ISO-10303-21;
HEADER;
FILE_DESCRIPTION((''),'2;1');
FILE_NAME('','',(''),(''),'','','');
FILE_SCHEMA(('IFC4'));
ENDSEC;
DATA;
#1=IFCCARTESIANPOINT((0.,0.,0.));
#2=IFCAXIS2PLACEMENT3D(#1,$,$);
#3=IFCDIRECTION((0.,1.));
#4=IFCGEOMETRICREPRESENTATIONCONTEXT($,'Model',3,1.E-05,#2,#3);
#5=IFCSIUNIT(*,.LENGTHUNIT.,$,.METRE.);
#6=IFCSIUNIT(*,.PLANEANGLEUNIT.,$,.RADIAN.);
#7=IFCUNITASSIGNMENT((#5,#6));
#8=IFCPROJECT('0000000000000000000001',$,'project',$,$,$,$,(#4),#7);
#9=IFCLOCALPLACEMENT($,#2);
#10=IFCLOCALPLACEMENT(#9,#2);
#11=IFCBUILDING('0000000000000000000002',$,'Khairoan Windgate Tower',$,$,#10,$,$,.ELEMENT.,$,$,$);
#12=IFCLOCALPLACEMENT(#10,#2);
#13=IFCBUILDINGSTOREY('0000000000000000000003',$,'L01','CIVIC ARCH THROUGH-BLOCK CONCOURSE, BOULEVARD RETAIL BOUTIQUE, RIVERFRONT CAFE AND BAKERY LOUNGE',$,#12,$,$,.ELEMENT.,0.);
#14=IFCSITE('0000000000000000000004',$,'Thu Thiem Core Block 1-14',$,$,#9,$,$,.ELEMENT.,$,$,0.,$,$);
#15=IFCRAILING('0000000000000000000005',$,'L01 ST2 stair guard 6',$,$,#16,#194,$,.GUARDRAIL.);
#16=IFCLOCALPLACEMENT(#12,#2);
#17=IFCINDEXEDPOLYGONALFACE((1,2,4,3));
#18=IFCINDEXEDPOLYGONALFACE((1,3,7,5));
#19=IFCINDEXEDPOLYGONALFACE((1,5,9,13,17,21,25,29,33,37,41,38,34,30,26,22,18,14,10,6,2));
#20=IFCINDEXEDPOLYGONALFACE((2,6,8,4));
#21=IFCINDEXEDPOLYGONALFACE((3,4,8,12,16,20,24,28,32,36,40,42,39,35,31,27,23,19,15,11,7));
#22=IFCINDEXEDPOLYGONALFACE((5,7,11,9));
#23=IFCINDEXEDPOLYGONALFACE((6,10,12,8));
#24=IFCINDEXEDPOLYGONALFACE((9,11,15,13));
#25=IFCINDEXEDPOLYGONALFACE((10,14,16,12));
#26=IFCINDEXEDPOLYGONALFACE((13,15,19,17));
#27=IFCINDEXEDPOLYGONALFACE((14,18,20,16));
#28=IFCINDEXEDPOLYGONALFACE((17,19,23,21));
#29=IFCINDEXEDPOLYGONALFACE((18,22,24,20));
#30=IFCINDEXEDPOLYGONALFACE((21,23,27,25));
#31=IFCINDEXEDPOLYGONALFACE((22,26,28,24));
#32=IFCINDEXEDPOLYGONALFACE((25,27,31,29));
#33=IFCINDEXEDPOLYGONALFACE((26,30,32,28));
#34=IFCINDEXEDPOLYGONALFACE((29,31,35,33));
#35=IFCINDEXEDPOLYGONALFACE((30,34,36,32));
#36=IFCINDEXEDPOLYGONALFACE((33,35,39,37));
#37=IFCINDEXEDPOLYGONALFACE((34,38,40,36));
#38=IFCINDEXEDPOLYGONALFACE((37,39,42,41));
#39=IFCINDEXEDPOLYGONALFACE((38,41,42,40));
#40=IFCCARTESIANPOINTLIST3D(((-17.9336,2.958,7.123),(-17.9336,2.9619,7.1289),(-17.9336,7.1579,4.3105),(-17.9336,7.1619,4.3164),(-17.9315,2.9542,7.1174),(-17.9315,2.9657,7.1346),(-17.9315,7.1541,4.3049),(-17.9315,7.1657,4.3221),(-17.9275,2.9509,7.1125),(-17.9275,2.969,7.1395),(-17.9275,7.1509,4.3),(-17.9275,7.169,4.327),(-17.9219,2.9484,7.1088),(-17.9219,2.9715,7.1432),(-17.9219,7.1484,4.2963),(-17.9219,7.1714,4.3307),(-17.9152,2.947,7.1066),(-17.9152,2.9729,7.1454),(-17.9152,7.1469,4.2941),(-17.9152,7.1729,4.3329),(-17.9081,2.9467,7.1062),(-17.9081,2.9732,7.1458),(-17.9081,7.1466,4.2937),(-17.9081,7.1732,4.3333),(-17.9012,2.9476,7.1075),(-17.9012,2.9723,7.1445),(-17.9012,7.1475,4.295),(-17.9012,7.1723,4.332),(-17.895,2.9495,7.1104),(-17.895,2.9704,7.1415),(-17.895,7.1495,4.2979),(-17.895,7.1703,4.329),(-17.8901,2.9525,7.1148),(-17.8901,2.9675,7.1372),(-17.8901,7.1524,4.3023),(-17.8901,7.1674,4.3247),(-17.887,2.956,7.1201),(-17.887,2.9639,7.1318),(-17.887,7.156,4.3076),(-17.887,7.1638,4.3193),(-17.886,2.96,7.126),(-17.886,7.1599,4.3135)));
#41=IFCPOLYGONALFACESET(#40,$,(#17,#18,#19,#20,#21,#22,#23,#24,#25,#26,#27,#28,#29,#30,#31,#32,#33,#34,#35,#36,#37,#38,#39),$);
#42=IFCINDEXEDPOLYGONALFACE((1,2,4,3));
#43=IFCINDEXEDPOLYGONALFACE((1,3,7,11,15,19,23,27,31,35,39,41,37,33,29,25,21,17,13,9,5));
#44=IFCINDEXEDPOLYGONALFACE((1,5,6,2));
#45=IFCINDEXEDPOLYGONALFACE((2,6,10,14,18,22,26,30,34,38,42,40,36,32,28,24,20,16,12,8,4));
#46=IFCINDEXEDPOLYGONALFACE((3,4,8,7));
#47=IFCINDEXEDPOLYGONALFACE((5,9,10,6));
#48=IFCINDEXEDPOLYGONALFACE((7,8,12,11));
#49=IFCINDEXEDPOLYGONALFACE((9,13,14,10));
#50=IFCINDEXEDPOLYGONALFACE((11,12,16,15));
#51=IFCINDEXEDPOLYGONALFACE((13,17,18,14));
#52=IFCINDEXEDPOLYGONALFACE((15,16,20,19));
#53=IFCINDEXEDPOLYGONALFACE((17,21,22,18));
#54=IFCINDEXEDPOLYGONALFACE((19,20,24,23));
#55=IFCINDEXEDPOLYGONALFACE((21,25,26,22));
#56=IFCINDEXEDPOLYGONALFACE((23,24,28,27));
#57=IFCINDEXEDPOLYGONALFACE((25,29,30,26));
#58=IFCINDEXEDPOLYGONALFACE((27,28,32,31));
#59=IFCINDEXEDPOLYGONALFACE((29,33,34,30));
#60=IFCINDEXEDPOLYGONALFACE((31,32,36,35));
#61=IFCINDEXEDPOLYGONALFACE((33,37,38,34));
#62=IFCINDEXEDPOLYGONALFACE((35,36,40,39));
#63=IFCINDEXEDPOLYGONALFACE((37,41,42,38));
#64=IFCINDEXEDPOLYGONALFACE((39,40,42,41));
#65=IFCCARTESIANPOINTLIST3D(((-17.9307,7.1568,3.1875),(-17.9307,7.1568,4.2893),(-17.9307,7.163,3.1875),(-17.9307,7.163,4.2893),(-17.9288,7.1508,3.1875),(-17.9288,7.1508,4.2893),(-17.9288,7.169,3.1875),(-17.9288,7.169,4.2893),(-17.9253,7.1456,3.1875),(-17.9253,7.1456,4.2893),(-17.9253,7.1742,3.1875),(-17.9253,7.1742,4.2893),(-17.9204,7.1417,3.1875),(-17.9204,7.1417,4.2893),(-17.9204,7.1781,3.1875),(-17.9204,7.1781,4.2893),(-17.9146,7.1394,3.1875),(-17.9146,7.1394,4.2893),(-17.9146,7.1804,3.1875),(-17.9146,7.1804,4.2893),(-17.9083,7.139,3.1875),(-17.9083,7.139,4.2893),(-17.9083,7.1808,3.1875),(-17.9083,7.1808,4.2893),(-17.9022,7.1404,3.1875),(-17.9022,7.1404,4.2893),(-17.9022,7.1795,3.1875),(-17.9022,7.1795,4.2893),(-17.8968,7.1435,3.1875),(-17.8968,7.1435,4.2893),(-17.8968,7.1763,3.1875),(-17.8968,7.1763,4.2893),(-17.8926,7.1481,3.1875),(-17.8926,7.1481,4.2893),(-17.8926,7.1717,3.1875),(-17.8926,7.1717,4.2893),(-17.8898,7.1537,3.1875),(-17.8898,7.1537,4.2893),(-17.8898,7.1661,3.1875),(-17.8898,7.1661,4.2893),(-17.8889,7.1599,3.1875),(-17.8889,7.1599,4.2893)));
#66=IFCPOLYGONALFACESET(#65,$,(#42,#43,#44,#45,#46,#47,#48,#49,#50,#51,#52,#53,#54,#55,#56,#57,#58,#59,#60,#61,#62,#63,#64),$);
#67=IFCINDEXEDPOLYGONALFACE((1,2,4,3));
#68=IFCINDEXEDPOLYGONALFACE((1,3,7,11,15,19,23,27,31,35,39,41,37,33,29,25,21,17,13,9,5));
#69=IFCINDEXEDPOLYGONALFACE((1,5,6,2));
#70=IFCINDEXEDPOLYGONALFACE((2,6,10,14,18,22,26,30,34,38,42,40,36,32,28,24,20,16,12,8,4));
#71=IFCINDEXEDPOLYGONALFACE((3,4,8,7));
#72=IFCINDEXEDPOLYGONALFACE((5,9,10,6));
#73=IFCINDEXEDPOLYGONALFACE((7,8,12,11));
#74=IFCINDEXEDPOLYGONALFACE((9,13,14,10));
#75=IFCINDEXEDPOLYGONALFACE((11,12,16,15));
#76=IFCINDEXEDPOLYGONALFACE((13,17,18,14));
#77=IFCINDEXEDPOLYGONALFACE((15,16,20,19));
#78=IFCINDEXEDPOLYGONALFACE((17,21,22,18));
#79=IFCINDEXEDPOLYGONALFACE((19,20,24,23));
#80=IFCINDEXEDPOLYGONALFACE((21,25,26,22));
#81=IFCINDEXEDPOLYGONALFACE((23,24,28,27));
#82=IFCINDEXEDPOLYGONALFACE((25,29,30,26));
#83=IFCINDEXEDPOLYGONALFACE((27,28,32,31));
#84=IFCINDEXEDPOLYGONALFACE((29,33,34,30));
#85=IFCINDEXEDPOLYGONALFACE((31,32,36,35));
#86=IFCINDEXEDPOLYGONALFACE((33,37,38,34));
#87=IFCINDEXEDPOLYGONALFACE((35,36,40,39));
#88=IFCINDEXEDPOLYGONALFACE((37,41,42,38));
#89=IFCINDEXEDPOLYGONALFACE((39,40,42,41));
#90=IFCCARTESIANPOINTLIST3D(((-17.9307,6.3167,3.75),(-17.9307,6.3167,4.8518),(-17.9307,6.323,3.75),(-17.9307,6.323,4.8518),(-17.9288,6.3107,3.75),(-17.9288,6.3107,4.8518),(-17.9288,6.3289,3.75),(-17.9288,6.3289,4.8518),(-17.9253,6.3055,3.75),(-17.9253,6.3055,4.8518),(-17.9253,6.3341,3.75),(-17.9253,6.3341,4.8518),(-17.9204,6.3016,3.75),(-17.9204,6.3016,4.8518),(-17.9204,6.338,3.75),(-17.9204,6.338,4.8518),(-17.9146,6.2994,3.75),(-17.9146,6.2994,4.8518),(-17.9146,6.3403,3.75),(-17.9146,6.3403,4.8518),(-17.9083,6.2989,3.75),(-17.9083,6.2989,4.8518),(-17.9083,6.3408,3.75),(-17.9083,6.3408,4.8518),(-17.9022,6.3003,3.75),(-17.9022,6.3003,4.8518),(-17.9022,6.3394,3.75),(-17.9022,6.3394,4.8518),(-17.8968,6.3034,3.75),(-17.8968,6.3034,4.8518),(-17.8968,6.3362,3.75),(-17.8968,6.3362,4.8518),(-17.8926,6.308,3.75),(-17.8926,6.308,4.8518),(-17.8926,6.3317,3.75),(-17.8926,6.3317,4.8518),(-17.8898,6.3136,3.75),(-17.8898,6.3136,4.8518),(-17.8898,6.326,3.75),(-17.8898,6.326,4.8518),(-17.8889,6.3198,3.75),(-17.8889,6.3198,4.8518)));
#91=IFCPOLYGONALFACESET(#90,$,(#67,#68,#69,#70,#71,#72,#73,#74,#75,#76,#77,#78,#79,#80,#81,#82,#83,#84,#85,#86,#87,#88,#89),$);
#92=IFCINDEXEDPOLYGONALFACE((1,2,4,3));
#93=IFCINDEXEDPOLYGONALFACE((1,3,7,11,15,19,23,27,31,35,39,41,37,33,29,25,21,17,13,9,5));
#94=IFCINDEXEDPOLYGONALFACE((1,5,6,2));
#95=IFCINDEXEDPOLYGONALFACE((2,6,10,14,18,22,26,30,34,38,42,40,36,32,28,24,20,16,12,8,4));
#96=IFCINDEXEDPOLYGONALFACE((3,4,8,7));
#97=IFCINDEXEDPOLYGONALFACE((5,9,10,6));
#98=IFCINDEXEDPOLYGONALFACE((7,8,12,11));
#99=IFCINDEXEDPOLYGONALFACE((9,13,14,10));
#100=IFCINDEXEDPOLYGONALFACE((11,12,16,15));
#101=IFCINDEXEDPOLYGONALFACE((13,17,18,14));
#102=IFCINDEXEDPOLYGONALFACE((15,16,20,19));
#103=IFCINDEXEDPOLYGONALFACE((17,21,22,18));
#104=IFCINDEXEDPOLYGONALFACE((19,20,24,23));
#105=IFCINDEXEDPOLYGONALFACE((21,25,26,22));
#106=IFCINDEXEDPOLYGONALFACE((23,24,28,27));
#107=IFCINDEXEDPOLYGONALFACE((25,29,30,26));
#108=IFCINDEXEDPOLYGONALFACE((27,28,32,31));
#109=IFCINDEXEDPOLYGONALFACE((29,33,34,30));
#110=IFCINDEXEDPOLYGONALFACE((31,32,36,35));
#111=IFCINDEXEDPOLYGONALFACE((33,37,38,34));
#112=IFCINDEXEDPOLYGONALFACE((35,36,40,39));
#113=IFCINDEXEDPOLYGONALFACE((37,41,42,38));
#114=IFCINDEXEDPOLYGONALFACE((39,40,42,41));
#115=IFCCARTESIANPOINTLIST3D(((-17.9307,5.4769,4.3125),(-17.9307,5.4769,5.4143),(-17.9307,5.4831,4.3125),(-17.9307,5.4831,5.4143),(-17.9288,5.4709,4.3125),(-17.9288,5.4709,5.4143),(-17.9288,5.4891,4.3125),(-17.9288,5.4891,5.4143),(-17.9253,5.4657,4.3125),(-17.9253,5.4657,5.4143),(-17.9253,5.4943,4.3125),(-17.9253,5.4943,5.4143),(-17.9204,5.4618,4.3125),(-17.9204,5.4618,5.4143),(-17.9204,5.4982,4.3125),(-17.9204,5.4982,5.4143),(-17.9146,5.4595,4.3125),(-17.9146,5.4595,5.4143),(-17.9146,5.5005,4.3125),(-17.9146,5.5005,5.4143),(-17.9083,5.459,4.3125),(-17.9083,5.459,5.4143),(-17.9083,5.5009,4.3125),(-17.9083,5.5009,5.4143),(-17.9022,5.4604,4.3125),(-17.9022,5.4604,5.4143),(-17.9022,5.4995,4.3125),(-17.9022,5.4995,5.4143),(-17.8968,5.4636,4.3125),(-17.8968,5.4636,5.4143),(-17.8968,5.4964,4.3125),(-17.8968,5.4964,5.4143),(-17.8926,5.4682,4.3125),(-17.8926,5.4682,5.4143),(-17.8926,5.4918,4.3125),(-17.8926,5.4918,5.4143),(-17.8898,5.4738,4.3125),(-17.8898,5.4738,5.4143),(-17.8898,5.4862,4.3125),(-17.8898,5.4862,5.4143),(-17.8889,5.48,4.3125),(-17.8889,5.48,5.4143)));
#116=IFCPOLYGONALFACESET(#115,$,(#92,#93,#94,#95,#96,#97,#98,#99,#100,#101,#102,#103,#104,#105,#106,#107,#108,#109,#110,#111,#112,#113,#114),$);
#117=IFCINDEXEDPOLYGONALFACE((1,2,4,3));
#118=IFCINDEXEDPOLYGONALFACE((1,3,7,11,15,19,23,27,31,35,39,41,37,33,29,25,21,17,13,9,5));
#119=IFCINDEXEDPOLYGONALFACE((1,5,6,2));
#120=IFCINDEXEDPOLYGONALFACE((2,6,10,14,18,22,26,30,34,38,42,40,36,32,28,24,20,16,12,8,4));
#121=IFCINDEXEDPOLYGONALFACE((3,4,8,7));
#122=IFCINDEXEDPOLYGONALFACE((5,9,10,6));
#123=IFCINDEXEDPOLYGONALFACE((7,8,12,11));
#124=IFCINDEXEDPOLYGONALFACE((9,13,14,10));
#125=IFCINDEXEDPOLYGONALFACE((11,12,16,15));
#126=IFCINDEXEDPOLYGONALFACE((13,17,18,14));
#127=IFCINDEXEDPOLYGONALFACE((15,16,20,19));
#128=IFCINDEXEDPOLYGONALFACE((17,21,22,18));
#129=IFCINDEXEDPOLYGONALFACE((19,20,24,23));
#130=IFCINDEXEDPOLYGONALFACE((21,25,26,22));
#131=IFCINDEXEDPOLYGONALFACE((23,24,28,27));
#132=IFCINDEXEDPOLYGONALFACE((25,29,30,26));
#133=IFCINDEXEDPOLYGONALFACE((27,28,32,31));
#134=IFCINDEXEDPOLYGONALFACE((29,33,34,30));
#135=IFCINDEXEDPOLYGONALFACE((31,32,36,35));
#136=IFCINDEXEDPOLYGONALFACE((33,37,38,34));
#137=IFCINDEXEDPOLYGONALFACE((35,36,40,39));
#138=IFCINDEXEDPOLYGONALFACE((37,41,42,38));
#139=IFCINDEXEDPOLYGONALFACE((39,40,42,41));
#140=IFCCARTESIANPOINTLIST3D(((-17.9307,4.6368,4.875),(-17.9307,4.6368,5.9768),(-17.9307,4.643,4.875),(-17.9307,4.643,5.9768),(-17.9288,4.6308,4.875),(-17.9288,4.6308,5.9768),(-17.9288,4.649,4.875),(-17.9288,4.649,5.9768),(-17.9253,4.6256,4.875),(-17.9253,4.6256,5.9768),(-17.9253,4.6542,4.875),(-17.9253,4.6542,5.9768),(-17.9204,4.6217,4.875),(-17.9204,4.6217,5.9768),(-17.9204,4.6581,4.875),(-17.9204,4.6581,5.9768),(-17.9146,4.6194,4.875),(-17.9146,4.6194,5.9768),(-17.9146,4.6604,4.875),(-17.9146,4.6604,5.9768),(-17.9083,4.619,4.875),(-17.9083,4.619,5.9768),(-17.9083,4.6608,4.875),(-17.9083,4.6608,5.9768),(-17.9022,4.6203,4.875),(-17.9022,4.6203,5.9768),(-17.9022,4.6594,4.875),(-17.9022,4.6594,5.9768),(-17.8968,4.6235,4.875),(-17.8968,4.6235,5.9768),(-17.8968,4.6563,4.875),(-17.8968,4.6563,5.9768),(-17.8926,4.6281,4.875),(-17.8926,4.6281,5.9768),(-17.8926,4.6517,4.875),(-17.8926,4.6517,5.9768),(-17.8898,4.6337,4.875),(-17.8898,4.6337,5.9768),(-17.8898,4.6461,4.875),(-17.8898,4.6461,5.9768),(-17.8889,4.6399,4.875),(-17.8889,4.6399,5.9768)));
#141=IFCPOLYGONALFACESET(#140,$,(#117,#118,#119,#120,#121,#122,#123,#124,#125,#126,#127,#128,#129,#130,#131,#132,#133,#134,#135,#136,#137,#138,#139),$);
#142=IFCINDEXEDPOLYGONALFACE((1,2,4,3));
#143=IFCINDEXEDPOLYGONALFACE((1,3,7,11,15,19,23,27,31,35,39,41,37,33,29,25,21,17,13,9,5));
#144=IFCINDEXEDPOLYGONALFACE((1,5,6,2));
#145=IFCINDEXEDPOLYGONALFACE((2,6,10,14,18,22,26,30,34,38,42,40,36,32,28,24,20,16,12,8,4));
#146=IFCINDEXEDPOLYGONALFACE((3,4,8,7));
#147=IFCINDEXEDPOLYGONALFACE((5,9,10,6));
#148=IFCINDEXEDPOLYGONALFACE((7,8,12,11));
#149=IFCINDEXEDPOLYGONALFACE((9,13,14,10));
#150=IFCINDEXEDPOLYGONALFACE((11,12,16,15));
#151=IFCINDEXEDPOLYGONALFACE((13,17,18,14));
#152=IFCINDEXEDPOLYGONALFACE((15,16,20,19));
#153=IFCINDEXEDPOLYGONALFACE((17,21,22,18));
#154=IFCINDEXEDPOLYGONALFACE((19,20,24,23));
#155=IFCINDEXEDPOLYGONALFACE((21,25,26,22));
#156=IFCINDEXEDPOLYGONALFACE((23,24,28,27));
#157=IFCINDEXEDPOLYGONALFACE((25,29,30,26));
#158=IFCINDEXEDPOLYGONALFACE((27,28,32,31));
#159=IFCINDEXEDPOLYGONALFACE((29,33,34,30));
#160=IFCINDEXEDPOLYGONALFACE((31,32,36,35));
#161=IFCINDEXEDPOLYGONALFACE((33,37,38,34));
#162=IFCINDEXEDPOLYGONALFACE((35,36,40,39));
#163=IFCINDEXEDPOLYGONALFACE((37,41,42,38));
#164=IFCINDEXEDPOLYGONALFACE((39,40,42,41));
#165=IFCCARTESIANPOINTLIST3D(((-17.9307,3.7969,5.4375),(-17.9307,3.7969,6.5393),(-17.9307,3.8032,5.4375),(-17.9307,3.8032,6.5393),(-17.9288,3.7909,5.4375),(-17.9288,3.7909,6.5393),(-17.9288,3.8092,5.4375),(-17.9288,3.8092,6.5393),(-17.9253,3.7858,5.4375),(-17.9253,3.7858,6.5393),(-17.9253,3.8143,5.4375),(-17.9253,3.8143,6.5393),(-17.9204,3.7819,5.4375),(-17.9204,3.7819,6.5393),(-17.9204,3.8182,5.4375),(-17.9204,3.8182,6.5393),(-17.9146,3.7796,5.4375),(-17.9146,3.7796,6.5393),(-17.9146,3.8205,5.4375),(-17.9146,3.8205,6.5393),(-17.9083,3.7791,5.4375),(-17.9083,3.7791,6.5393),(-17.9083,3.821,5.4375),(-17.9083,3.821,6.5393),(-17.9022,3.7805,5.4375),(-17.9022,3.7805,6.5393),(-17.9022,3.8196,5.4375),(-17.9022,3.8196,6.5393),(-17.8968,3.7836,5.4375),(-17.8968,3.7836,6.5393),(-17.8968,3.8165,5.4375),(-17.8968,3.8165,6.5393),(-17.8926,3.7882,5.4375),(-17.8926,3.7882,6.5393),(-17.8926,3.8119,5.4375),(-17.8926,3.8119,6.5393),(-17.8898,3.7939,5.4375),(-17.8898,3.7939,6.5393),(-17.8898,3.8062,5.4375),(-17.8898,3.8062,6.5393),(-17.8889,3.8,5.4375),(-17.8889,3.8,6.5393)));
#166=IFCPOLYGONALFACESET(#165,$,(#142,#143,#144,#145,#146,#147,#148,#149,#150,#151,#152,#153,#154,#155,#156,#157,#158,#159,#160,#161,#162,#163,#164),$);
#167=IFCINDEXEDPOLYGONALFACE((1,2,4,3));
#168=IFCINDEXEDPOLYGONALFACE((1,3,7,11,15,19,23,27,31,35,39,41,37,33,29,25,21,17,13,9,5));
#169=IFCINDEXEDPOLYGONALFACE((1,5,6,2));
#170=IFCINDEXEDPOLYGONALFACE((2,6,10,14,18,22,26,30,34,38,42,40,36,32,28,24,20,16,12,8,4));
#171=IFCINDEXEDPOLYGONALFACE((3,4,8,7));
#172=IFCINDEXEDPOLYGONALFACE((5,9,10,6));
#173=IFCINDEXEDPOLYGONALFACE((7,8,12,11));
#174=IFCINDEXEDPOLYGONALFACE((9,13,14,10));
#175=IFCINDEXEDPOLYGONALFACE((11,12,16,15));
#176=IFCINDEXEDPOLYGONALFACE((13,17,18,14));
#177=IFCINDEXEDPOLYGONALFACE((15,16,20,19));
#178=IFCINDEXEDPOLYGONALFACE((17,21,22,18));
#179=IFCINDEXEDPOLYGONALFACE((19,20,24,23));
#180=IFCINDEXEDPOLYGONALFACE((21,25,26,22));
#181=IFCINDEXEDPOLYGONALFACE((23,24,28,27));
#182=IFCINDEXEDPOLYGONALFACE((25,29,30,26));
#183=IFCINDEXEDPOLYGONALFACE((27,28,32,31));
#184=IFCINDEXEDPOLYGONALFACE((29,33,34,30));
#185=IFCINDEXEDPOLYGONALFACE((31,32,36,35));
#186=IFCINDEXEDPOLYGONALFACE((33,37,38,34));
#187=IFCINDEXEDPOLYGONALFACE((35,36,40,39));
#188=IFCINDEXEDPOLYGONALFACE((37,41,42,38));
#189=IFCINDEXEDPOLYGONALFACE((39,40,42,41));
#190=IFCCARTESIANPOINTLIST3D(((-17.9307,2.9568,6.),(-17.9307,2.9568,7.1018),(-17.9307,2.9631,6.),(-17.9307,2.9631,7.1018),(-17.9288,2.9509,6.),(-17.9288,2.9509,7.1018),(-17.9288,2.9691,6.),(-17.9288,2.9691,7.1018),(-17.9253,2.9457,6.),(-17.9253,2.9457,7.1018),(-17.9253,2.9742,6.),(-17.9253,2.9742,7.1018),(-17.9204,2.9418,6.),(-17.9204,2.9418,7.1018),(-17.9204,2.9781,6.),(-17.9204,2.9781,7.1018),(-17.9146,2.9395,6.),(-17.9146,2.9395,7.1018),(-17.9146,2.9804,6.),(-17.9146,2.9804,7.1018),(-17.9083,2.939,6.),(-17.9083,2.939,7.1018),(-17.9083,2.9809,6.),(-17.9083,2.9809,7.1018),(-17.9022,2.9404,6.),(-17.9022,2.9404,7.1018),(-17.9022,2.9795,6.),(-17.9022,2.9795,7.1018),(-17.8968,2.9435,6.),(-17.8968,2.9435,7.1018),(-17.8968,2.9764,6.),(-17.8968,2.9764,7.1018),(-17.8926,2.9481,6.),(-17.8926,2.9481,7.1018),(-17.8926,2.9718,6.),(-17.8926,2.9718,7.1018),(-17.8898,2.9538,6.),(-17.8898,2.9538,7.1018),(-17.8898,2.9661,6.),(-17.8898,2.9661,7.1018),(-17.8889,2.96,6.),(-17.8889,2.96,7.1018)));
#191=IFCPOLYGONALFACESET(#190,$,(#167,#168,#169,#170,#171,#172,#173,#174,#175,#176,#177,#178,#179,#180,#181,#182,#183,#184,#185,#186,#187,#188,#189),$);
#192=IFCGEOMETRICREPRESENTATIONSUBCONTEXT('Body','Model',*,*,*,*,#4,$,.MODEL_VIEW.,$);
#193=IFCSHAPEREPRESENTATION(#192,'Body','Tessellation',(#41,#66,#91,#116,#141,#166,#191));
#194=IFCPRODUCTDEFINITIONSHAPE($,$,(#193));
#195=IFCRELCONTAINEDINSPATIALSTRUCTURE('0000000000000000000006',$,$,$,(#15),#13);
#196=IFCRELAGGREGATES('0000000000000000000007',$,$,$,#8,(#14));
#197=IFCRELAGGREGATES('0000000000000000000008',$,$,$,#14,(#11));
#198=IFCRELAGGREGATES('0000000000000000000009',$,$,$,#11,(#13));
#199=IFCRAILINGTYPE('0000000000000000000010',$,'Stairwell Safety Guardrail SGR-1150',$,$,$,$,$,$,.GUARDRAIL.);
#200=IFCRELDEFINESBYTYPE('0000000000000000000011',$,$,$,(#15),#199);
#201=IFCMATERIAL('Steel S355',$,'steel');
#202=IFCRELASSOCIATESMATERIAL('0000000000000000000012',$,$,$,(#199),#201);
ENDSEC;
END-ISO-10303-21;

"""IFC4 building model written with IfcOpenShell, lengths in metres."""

from ifc_helpers import new_model, si_unit, direction, frame, origin, origin_2d, place, context, subcontext, project, spatial, circle, extrude, material, type_object, element, save


model = new_model("IFC4")

# Units and contexts
model_context = context("Model", 3, precision=1e-05, world=origin(), true_north=direction((0.0, 1.0)))
body_context = subcontext(model_context, "Body", "Model", "MODEL_VIEW")
ifc_project = project(units=[si_unit("LENGTHUNIT", "METRE"), si_unit("PLANEANGLEUNIT", "RADIAN")], contexts=[model_context])

# Site, building, storey
site_placement = place(None, origin())
site = spatial("IfcSite", under=ifc_project, at=site_placement, Name="Thu Thiem Core Block 1-14", CompositionType="ELEMENT", RefElevation=0.0)
building_placement = place(site_placement, origin())
building = spatial("IfcBuilding", under=site, at=building_placement, Name="Khairoan Windgate Tower", CompositionType="ELEMENT")
storey_placement = place(building_placement, origin())
storey = spatial("IfcBuildingStorey", under=building, at=storey_placement, Name="L01", Description="CIVIC ARCH THROUGH-BLOCK CONCOURSE, BOULEVARD RETAIL BOUTIQUE, RIVERFRONT CAFE AND BAKERY LOUNGE", CompositionType="ELEMENT", Elevation=0.0)

# Railing
ifc_material_1 = material(Name="Steel S355", Category="steel")
railing_type_1 = type_object("IfcRailingType", Name="Stairwell Safety Guardrail SGR-1150", PredefinedType="GUARDRAIL", material=ifc_material_1)
railing_1_placement = place(storey_placement, frame((-17.9099, 7.1599, 3.1875)))
element("IfcRailing", 1, at=railing_1_placement, inside=storey, type_object=railing_type_1, Name="L01 ST2 stair guard 6", PredefinedType="GUARDRAIL", context=body_context, shape_type="SweptSolid", body=[
    extrude(circle(Radius=0.0239, at=origin_2d()), frame((0.0, 0.0, 1.126), z_axis=(0.0, -0.830904, 0.556416), x_axis=(1.0, 0.0, 0.0)), (0.0, 0.0, 1.0), 5.0547),
    extrude(circle(Radius=0.021, at=origin_2d()), origin(), (0.0, 0.0, 1.0), 1.1018),
    extrude(circle(Radius=0.021, at=origin_2d()), frame((0.0, -0.8401, 0.5625)), (0.0, 0.0, 1.0), 1.1018),
    extrude(circle(Radius=0.021, at=origin_2d()), frame((0.0, -1.6799, 1.125)), (0.0, 0.0, 1.0), 1.1018),
    extrude(circle(Radius=0.021, at=origin_2d()), frame((0.0, -2.52, 1.6875)), (0.0, 0.0, 1.0), 1.1018),
    extrude(circle(Radius=0.021, at=origin_2d()), frame((0.0, -3.3599, 2.25)), (0.0, 0.0, 1.0), 1.1018),
    extrude(circle(Radius=0.021, at=origin_2d()), frame((0.0, -4.2, 2.8125)), (0.0, 0.0, 1.0), 1.1018),
])

save(model, "model.ifc")
